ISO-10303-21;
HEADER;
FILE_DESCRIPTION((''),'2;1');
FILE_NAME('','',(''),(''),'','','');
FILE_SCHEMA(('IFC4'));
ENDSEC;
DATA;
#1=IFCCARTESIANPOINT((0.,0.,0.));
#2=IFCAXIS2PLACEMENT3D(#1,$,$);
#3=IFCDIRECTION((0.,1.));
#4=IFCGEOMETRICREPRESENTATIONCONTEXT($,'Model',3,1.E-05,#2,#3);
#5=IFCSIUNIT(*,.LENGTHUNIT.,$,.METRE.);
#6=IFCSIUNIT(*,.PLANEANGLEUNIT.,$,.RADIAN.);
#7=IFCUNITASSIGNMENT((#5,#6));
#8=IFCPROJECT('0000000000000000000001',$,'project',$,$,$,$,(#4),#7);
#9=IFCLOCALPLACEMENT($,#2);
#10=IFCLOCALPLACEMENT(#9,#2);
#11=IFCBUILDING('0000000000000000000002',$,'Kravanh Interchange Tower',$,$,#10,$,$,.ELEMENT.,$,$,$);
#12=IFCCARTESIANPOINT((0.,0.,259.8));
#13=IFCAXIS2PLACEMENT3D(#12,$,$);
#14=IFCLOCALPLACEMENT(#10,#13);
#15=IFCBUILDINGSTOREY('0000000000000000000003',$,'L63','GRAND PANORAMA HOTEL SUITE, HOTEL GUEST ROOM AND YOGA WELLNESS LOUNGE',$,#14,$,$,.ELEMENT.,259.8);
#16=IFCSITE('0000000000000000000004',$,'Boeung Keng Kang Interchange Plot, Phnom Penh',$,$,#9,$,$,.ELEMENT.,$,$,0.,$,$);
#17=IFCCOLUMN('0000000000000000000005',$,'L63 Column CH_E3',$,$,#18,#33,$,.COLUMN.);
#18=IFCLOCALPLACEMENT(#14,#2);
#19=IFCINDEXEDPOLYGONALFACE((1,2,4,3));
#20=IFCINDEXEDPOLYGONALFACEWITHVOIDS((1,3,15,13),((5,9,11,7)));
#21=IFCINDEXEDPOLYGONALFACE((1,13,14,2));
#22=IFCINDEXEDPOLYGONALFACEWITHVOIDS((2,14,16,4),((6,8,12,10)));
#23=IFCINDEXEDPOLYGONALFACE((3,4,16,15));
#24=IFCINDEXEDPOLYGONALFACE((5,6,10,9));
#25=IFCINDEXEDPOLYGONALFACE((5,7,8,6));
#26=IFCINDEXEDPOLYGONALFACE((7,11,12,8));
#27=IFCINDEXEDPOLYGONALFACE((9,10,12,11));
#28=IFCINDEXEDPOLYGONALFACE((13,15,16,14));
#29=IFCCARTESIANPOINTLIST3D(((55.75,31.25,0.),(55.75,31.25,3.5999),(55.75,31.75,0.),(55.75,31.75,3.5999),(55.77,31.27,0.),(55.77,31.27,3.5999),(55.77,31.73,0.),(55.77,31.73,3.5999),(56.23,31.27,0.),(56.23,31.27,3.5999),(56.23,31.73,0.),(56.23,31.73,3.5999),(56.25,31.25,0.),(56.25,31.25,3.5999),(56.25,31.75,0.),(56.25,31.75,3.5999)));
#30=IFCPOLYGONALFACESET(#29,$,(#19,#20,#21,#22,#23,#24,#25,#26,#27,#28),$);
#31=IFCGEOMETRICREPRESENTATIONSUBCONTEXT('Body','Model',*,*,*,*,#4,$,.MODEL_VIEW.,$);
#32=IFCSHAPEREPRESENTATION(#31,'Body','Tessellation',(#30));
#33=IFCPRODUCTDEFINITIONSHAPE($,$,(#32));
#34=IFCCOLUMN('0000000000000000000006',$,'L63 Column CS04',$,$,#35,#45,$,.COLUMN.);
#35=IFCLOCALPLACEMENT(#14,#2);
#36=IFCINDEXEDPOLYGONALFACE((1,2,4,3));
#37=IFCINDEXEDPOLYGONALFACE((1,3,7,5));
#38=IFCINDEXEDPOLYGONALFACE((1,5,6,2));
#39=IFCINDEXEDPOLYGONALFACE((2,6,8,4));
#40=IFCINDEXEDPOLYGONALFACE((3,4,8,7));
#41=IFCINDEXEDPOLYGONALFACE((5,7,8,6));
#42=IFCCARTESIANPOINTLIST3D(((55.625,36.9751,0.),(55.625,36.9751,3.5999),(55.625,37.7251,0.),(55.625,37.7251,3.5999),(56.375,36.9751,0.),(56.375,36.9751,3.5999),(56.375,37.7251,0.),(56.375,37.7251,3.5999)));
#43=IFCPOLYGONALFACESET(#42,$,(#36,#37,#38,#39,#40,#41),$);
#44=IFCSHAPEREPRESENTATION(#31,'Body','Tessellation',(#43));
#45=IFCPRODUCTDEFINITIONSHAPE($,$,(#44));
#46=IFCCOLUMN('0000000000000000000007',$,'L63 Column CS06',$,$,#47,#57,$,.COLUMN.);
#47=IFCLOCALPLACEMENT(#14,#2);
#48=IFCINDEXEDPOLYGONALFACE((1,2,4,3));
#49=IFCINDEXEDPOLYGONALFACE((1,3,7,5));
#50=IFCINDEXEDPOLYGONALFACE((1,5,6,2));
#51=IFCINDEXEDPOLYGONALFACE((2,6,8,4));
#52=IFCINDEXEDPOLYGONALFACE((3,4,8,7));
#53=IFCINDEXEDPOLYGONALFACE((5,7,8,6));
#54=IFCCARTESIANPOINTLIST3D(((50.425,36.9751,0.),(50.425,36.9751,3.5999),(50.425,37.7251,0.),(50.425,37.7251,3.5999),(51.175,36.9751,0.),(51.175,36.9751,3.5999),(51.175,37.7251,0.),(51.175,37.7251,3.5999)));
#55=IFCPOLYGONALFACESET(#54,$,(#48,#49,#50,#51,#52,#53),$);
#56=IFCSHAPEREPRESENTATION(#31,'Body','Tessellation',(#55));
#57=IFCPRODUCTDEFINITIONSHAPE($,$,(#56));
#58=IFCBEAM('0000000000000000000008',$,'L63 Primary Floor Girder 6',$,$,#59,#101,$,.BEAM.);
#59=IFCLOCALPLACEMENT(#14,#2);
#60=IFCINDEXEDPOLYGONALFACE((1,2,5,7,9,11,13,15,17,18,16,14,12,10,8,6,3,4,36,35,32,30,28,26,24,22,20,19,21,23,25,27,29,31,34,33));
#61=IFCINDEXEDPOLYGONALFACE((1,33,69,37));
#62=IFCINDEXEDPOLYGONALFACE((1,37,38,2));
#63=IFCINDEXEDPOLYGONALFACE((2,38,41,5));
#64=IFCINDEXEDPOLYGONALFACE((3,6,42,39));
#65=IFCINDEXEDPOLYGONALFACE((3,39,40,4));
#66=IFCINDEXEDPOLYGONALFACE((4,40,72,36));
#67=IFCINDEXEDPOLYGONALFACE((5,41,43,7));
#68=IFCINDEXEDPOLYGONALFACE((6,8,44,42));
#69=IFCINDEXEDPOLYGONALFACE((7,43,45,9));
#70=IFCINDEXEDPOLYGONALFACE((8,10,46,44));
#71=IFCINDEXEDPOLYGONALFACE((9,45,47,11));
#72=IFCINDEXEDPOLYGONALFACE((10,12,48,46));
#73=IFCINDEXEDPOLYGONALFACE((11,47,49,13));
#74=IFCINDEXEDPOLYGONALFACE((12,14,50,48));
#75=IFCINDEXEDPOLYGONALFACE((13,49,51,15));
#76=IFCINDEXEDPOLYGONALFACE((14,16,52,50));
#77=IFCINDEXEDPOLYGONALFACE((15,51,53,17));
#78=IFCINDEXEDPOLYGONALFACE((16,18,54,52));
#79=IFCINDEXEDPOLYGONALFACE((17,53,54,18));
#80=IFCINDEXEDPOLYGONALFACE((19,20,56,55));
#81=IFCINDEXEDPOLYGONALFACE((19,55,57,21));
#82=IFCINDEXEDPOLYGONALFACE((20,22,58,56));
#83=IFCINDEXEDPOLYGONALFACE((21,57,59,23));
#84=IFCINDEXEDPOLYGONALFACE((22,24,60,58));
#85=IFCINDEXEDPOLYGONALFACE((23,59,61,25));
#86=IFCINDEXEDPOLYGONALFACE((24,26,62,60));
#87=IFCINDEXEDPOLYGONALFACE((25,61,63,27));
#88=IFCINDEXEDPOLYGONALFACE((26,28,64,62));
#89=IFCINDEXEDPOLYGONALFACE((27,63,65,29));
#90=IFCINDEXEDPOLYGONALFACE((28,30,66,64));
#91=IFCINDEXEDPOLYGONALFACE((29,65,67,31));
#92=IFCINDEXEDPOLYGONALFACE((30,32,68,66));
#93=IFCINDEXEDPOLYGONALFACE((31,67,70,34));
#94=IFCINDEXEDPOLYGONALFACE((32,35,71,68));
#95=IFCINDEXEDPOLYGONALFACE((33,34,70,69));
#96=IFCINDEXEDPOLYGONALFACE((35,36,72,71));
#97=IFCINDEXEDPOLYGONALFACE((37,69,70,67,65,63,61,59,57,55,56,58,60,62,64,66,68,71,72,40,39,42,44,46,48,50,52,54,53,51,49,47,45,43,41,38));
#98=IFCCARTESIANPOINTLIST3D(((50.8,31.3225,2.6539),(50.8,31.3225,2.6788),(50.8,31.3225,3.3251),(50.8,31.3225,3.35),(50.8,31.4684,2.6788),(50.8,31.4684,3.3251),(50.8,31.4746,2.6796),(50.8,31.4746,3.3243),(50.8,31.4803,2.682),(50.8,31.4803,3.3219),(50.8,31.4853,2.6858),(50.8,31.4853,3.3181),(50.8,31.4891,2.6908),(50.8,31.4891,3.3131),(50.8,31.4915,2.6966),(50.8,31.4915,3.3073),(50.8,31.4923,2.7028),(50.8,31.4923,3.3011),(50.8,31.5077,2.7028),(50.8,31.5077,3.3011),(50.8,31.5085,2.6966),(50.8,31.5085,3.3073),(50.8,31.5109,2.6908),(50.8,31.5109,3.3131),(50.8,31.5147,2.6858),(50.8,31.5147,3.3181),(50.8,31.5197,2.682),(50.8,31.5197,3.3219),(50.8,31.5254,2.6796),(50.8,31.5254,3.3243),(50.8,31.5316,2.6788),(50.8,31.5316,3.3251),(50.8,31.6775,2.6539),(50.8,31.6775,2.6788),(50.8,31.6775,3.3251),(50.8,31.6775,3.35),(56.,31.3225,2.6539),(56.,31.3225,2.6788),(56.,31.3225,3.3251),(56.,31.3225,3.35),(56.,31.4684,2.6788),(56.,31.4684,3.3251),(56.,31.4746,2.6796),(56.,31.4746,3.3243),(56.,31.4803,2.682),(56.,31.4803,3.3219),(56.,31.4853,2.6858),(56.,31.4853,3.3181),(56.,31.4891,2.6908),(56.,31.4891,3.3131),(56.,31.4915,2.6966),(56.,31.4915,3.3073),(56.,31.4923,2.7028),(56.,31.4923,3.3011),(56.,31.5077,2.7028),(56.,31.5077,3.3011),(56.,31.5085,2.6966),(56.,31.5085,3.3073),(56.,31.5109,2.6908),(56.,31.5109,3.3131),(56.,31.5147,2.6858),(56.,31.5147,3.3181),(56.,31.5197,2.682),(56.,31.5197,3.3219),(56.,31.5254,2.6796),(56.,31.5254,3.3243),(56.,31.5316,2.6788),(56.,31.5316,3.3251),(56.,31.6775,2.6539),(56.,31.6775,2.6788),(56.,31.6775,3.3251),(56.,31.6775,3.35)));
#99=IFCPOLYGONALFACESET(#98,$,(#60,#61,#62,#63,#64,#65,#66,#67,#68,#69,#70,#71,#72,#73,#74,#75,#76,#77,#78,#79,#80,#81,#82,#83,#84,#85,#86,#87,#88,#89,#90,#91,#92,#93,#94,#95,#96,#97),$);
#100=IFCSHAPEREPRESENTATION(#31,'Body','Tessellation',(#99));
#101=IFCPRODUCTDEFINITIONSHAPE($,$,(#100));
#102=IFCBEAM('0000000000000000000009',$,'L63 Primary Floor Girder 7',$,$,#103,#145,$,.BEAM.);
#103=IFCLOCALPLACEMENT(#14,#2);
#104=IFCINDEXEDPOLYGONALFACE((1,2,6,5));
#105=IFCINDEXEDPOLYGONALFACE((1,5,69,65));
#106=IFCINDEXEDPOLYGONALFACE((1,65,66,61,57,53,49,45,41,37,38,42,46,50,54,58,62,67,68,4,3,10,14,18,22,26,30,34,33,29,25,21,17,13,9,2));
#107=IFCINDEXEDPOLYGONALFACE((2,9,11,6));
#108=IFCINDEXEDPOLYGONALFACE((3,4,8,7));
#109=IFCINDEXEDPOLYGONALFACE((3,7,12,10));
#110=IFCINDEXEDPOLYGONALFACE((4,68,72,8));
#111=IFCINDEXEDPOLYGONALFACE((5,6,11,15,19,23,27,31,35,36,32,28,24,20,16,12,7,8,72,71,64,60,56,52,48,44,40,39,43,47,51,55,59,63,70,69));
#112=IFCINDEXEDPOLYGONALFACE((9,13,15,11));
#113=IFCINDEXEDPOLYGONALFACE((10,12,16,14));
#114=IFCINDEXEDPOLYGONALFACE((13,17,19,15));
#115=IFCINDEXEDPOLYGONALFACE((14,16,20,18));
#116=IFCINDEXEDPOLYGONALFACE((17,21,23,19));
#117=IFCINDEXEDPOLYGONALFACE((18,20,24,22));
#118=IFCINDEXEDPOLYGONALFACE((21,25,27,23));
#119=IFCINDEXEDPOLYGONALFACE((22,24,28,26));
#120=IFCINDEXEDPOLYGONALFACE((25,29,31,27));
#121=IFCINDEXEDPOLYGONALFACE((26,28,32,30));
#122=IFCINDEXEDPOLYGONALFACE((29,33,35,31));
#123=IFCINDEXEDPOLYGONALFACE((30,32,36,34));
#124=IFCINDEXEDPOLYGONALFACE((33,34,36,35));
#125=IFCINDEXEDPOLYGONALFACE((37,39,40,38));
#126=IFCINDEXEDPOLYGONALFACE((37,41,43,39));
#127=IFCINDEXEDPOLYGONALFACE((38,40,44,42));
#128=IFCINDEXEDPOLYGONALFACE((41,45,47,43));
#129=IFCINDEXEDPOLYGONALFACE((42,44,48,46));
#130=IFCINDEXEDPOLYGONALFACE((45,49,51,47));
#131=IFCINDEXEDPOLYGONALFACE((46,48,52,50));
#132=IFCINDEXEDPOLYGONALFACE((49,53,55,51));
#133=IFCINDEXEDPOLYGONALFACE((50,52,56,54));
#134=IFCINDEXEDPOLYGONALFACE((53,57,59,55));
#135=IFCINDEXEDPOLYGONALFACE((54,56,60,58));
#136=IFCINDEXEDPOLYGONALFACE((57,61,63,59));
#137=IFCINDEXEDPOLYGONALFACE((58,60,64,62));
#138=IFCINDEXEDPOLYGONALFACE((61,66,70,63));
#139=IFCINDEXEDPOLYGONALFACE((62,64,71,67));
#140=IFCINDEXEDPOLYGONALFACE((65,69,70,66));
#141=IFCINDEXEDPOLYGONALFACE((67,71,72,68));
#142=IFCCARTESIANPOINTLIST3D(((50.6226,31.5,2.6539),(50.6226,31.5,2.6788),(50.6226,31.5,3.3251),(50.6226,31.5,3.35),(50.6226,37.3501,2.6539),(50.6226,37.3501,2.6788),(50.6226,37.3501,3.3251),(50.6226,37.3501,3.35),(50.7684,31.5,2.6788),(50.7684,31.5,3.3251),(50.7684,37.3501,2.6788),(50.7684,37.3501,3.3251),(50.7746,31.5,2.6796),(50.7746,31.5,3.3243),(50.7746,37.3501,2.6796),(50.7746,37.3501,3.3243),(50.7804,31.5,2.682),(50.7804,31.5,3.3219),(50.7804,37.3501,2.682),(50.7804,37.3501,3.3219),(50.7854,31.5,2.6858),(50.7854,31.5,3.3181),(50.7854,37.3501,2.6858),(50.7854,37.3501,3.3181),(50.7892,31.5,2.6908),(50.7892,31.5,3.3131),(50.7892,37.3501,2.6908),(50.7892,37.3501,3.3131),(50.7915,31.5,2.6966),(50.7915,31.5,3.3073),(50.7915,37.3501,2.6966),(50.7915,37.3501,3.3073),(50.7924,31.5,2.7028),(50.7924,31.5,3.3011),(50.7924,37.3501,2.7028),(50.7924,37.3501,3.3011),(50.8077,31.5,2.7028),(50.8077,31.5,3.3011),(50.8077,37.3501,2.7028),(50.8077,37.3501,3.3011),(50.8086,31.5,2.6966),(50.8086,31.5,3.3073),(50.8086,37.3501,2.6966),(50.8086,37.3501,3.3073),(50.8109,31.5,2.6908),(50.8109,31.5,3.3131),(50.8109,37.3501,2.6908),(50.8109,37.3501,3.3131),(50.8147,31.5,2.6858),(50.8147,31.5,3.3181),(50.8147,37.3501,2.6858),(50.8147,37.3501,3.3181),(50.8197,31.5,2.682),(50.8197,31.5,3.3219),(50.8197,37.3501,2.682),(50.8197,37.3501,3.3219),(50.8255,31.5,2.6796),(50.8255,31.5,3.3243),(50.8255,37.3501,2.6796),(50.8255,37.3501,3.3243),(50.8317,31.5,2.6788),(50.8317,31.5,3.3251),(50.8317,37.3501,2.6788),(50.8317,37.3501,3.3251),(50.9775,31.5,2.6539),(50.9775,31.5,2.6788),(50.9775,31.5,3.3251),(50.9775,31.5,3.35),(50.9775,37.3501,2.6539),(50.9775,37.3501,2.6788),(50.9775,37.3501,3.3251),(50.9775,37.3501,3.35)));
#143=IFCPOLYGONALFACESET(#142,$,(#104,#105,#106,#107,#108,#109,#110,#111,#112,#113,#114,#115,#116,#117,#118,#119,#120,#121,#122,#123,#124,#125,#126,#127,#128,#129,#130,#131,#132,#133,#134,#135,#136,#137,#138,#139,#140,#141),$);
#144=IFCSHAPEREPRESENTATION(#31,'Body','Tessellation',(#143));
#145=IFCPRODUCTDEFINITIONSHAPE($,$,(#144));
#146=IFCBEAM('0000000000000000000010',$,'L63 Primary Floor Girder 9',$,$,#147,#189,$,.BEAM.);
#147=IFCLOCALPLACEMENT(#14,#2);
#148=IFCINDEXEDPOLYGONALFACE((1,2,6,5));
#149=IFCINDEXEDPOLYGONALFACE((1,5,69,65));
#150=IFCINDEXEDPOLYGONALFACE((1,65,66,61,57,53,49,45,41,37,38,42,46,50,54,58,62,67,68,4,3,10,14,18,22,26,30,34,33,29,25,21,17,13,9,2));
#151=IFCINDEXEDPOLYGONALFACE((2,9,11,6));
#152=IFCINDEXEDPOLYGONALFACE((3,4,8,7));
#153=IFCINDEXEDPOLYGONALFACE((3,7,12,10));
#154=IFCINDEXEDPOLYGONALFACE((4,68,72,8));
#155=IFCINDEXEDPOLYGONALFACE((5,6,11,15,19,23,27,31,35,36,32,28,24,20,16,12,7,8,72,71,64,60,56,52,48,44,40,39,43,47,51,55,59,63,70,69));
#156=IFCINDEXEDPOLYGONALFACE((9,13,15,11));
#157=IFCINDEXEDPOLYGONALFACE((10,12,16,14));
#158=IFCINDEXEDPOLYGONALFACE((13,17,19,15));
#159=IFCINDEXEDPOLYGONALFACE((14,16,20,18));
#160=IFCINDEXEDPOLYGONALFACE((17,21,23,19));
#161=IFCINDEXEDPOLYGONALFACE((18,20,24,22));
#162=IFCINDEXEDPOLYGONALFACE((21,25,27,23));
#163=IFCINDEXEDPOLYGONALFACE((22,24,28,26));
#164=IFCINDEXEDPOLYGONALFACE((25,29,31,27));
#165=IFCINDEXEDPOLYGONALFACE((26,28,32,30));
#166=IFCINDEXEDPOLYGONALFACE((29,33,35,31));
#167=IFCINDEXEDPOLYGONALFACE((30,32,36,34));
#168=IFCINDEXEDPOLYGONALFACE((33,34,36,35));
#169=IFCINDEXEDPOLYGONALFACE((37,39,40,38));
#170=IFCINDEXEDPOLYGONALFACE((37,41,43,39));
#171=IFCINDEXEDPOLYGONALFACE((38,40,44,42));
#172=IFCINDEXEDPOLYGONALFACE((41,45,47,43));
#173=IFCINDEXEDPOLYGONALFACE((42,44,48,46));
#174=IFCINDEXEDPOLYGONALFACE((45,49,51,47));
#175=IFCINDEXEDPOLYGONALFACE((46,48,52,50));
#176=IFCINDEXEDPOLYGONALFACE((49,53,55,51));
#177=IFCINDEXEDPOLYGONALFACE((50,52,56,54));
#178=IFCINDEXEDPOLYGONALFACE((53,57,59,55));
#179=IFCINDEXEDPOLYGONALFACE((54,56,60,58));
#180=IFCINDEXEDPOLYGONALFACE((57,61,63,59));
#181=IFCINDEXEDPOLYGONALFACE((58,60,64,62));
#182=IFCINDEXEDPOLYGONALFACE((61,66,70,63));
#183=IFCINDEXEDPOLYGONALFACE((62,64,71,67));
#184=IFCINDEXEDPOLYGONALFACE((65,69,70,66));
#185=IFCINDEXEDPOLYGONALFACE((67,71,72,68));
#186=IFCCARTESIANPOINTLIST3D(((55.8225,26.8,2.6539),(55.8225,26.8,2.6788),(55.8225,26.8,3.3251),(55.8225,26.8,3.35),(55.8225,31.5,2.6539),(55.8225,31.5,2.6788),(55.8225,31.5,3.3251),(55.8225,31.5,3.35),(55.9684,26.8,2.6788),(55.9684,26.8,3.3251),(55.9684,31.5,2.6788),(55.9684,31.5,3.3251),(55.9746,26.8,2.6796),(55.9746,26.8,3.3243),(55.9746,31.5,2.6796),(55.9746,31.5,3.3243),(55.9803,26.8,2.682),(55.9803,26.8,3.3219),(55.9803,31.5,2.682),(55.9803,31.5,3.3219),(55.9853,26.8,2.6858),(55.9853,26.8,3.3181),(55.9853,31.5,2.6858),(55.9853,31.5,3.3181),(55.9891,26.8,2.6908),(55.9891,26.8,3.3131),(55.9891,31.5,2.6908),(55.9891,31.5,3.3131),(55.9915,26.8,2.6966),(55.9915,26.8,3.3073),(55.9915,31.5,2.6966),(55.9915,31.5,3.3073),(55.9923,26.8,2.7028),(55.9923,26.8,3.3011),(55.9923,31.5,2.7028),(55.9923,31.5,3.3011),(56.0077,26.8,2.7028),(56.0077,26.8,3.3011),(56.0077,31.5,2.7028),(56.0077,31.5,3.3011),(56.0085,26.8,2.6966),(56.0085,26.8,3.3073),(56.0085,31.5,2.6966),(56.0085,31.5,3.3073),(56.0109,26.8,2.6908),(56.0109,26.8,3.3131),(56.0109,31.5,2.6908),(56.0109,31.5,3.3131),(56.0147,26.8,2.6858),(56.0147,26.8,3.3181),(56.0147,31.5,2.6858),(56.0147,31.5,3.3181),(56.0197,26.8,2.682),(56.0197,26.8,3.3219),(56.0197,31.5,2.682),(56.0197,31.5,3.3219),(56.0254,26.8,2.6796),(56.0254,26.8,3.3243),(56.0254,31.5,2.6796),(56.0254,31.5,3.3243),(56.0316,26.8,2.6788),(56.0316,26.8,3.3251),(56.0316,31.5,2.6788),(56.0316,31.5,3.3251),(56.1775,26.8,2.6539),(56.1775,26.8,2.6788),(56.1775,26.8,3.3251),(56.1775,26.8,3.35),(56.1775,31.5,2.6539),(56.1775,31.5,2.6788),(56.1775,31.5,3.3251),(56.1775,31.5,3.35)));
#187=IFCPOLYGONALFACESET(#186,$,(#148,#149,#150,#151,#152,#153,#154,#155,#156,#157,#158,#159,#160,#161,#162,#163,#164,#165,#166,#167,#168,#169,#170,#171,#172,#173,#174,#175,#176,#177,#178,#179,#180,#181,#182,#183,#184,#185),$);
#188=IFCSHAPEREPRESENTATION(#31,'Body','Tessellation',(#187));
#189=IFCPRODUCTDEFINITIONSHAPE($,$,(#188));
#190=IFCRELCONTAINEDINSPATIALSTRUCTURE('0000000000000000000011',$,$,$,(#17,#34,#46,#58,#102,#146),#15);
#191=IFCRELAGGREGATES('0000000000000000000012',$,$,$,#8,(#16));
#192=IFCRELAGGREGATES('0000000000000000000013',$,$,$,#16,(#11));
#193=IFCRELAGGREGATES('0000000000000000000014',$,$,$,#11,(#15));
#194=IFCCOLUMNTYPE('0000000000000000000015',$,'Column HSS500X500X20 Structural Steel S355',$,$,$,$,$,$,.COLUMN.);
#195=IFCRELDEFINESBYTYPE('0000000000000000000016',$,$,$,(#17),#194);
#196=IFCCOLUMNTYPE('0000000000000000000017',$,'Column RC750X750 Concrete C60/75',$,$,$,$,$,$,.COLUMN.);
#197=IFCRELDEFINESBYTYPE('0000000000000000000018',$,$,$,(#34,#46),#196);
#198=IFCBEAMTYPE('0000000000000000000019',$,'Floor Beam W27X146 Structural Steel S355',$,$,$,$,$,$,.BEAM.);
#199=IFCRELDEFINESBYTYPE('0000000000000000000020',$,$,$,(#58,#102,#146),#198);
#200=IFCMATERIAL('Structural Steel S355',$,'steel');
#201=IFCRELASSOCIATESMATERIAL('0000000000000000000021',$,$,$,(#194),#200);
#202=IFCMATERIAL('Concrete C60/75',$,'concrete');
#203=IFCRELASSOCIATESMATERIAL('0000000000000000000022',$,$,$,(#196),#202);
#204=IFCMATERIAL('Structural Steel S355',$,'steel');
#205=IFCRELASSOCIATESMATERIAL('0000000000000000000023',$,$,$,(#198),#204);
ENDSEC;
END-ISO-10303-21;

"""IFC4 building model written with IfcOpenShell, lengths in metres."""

from ifc_helpers import new_model, si_unit, direction, frame, origin, origin_2d, place, context, subcontext, project, spatial, rectangle, hollow_rectangle, i_section, extrude, material, material_profile, profile_set, type_object, element, save


model = new_model("IFC4")

# Units and contexts
model_context = context("Model", 3, precision=1e-05, world=origin(), true_north=direction((0.0, 1.0)))
body_context = subcontext(model_context, "Body", "Model", "MODEL_VIEW")
ifc_project = project(units=[si_unit("LENGTHUNIT", "METRE"), si_unit("PLANEANGLEUNIT", "RADIAN")], contexts=[model_context])

# Site, building, storey
site_placement = place(None, origin())
site = spatial("IfcSite", under=ifc_project, at=site_placement, Name="Boeung Keng Kang Interchange Plot, Phnom Penh", CompositionType="ELEMENT", RefElevation=0.0)
building_placement = place(site_placement, origin())
building = spatial("IfcBuilding", under=site, at=building_placement, Name="Kravanh Interchange Tower", CompositionType="ELEMENT")
storey_placement = place(building_placement, frame((0.0, 0.0, 259.8)))
storey = spatial("IfcBuildingStorey", under=building, at=storey_placement, Name="L63", Description="GRAND PANORAMA HOTEL SUITE, HOTEL GUEST ROOM AND YOGA WELLNESS LOUNGE", CompositionType="ELEMENT", Elevation=259.8)

# Columns
ifc_material_1 = material(Name="Structural Steel S355", Category="steel")
ifc_material_profile_1 = material_profile(ifc_material_1, hollow_rectangle(XDim=0.5, YDim=0.5, WallThickness=0.02, at=origin_2d()), Name="HSS500X500X20")
ifc_profile_set_1 = profile_set([ifc_material_profile_1], Name="Structural Steel S355")
column_type_1 = type_object("IfcColumnType", Name="Column HSS500X500X20 Structural Steel S355", PredefinedType="COLUMN", material=ifc_profile_set_1)
column_placement = place(storey_placement, frame((56.0, 31.5, 0.0), z_axis=(0.0, 0.0, 1.0), x_axis=(1.0, 0.0, 0.0)))
element("IfcColumn", 1, at=column_placement, inside=storey, type_object=column_type_1, Name="L63 Column CH_E3", PredefinedType="COLUMN", context=body_context, shape_type="SweptSolid", body=[
    extrude(hollow_rectangle(XDim=0.5, YDim=0.5, WallThickness=0.02, at=origin_2d()), origin(), (0.0, 0.0, 1.0), 3.5999),
])
ifc_material_2 = material(Name="Concrete C60/75", Category="concrete")
ifc_material_profile_2 = material_profile(ifc_material_2, rectangle(XDim=0.75, YDim=0.75, at=origin_2d()), Name="RC750X750")
ifc_profile_set_2 = profile_set([ifc_material_profile_2], Name="Concrete C60/75")
column_type_2 = type_object("IfcColumnType", Name="Column RC750X750 Concrete C60/75", PredefinedType="COLUMN", material=ifc_profile_set_2)
for number, where, z_axis, x_axis, name in (
    (2, (56.0, 37.3501, 0.0), (0.0, 0.0, 1.0), (1.0, 0.0, 0.0), "L63 Column CS04"),
    (3, (50.8, 37.3501, 0.0), (0.0, 0.0, 1.0), (1.0, 0.0, 0.0), "L63 Column CS06"),
):
    element("IfcColumn", number, at=place(storey_placement, frame(where, z_axis=z_axis, x_axis=x_axis)), inside=storey, type_object=column_type_2, Name=name, PredefinedType="COLUMN", context=body_context, shape_type="SweptSolid", body=[
        extrude(rectangle(XDim=0.75, YDim=0.75, at=origin_2d()), origin(), (0.0, 0.0, 1.0), 3.5999),
    ])

# Beams
ifc_material_3 = material(Name="Structural Steel S355", Category="steel")
ifc_material_profile_3 = material_profile(ifc_material_3, i_section(OverallWidth=0.355, OverallDepth=0.696, WebThickness=0.0154, FlangeThickness=0.0249, FilletRadius=0.0239, at=origin_2d()), Name="W27X146")
ifc_profile_set_3 = profile_set([ifc_material_profile_3], Name="Structural Steel S355")
beam_type_1 = type_object("IfcBeamType", Name="Floor Beam W27X146 Structural Steel S355", PredefinedType="BEAM", material=ifc_profile_set_3)
beam_1_placement = place(storey_placement, frame((50.8, 31.5, 3.002), z_axis=(1.0, 0.0, 0.0), x_axis=(0.0, 1.0, 0.0)))
element("IfcBeam", 4, at=beam_1_placement, inside=storey, type_object=beam_type_1, Name="L63 Primary Floor Girder 6", PredefinedType="BEAM", context=body_context, shape_type="SweptSolid", body=[
    extrude(i_section(OverallWidth=0.355, OverallDepth=0.696, WebThickness=0.0154, FlangeThickness=0.0249, FilletRadius=0.0239, at=origin_2d()), origin(), (0.0, 0.0, 1.0), 5.2),
])
beam_2_placement = place(storey_placement, frame((50.8, 31.5, 3.002), z_axis=(0.0, 1.0, 0.0), x_axis=(-1.0, 0.0, 0.0)))
element("IfcBeam", 5, at=beam_2_placement, inside=storey, type_object=beam_type_1, Name="L63 Primary Floor Girder 7", PredefinedType="BEAM", context=body_context, shape_type="SweptSolid", body=[
    extrude(i_section(OverallWidth=0.355, OverallDepth=0.696, WebThickness=0.0154, FlangeThickness=0.0249, FilletRadius=0.0239, at=origin_2d()), origin(), (0.0, 0.0, 1.0), 5.8501),
])
beam_3_placement = place(storey_placement, frame((56.0, 31.5, 3.002), z_axis=(0.0, -1.0, 0.0), x_axis=(1.0, 0.0, 0.0)))
element("IfcBeam", 6, at=beam_3_placement, inside=storey, type_object=beam_type_1, Name="L63 Primary Floor Girder 9", PredefinedType="BEAM", context=body_context, shape_type="SweptSolid", body=[
    extrude(i_section(OverallWidth=0.355, OverallDepth=0.696, WebThickness=0.0154, FlangeThickness=0.0249, FilletRadius=0.0239, at=origin_2d()), origin(), (0.0, 0.0, 1.0), 4.7),
])

save(model, "model.ifc")
